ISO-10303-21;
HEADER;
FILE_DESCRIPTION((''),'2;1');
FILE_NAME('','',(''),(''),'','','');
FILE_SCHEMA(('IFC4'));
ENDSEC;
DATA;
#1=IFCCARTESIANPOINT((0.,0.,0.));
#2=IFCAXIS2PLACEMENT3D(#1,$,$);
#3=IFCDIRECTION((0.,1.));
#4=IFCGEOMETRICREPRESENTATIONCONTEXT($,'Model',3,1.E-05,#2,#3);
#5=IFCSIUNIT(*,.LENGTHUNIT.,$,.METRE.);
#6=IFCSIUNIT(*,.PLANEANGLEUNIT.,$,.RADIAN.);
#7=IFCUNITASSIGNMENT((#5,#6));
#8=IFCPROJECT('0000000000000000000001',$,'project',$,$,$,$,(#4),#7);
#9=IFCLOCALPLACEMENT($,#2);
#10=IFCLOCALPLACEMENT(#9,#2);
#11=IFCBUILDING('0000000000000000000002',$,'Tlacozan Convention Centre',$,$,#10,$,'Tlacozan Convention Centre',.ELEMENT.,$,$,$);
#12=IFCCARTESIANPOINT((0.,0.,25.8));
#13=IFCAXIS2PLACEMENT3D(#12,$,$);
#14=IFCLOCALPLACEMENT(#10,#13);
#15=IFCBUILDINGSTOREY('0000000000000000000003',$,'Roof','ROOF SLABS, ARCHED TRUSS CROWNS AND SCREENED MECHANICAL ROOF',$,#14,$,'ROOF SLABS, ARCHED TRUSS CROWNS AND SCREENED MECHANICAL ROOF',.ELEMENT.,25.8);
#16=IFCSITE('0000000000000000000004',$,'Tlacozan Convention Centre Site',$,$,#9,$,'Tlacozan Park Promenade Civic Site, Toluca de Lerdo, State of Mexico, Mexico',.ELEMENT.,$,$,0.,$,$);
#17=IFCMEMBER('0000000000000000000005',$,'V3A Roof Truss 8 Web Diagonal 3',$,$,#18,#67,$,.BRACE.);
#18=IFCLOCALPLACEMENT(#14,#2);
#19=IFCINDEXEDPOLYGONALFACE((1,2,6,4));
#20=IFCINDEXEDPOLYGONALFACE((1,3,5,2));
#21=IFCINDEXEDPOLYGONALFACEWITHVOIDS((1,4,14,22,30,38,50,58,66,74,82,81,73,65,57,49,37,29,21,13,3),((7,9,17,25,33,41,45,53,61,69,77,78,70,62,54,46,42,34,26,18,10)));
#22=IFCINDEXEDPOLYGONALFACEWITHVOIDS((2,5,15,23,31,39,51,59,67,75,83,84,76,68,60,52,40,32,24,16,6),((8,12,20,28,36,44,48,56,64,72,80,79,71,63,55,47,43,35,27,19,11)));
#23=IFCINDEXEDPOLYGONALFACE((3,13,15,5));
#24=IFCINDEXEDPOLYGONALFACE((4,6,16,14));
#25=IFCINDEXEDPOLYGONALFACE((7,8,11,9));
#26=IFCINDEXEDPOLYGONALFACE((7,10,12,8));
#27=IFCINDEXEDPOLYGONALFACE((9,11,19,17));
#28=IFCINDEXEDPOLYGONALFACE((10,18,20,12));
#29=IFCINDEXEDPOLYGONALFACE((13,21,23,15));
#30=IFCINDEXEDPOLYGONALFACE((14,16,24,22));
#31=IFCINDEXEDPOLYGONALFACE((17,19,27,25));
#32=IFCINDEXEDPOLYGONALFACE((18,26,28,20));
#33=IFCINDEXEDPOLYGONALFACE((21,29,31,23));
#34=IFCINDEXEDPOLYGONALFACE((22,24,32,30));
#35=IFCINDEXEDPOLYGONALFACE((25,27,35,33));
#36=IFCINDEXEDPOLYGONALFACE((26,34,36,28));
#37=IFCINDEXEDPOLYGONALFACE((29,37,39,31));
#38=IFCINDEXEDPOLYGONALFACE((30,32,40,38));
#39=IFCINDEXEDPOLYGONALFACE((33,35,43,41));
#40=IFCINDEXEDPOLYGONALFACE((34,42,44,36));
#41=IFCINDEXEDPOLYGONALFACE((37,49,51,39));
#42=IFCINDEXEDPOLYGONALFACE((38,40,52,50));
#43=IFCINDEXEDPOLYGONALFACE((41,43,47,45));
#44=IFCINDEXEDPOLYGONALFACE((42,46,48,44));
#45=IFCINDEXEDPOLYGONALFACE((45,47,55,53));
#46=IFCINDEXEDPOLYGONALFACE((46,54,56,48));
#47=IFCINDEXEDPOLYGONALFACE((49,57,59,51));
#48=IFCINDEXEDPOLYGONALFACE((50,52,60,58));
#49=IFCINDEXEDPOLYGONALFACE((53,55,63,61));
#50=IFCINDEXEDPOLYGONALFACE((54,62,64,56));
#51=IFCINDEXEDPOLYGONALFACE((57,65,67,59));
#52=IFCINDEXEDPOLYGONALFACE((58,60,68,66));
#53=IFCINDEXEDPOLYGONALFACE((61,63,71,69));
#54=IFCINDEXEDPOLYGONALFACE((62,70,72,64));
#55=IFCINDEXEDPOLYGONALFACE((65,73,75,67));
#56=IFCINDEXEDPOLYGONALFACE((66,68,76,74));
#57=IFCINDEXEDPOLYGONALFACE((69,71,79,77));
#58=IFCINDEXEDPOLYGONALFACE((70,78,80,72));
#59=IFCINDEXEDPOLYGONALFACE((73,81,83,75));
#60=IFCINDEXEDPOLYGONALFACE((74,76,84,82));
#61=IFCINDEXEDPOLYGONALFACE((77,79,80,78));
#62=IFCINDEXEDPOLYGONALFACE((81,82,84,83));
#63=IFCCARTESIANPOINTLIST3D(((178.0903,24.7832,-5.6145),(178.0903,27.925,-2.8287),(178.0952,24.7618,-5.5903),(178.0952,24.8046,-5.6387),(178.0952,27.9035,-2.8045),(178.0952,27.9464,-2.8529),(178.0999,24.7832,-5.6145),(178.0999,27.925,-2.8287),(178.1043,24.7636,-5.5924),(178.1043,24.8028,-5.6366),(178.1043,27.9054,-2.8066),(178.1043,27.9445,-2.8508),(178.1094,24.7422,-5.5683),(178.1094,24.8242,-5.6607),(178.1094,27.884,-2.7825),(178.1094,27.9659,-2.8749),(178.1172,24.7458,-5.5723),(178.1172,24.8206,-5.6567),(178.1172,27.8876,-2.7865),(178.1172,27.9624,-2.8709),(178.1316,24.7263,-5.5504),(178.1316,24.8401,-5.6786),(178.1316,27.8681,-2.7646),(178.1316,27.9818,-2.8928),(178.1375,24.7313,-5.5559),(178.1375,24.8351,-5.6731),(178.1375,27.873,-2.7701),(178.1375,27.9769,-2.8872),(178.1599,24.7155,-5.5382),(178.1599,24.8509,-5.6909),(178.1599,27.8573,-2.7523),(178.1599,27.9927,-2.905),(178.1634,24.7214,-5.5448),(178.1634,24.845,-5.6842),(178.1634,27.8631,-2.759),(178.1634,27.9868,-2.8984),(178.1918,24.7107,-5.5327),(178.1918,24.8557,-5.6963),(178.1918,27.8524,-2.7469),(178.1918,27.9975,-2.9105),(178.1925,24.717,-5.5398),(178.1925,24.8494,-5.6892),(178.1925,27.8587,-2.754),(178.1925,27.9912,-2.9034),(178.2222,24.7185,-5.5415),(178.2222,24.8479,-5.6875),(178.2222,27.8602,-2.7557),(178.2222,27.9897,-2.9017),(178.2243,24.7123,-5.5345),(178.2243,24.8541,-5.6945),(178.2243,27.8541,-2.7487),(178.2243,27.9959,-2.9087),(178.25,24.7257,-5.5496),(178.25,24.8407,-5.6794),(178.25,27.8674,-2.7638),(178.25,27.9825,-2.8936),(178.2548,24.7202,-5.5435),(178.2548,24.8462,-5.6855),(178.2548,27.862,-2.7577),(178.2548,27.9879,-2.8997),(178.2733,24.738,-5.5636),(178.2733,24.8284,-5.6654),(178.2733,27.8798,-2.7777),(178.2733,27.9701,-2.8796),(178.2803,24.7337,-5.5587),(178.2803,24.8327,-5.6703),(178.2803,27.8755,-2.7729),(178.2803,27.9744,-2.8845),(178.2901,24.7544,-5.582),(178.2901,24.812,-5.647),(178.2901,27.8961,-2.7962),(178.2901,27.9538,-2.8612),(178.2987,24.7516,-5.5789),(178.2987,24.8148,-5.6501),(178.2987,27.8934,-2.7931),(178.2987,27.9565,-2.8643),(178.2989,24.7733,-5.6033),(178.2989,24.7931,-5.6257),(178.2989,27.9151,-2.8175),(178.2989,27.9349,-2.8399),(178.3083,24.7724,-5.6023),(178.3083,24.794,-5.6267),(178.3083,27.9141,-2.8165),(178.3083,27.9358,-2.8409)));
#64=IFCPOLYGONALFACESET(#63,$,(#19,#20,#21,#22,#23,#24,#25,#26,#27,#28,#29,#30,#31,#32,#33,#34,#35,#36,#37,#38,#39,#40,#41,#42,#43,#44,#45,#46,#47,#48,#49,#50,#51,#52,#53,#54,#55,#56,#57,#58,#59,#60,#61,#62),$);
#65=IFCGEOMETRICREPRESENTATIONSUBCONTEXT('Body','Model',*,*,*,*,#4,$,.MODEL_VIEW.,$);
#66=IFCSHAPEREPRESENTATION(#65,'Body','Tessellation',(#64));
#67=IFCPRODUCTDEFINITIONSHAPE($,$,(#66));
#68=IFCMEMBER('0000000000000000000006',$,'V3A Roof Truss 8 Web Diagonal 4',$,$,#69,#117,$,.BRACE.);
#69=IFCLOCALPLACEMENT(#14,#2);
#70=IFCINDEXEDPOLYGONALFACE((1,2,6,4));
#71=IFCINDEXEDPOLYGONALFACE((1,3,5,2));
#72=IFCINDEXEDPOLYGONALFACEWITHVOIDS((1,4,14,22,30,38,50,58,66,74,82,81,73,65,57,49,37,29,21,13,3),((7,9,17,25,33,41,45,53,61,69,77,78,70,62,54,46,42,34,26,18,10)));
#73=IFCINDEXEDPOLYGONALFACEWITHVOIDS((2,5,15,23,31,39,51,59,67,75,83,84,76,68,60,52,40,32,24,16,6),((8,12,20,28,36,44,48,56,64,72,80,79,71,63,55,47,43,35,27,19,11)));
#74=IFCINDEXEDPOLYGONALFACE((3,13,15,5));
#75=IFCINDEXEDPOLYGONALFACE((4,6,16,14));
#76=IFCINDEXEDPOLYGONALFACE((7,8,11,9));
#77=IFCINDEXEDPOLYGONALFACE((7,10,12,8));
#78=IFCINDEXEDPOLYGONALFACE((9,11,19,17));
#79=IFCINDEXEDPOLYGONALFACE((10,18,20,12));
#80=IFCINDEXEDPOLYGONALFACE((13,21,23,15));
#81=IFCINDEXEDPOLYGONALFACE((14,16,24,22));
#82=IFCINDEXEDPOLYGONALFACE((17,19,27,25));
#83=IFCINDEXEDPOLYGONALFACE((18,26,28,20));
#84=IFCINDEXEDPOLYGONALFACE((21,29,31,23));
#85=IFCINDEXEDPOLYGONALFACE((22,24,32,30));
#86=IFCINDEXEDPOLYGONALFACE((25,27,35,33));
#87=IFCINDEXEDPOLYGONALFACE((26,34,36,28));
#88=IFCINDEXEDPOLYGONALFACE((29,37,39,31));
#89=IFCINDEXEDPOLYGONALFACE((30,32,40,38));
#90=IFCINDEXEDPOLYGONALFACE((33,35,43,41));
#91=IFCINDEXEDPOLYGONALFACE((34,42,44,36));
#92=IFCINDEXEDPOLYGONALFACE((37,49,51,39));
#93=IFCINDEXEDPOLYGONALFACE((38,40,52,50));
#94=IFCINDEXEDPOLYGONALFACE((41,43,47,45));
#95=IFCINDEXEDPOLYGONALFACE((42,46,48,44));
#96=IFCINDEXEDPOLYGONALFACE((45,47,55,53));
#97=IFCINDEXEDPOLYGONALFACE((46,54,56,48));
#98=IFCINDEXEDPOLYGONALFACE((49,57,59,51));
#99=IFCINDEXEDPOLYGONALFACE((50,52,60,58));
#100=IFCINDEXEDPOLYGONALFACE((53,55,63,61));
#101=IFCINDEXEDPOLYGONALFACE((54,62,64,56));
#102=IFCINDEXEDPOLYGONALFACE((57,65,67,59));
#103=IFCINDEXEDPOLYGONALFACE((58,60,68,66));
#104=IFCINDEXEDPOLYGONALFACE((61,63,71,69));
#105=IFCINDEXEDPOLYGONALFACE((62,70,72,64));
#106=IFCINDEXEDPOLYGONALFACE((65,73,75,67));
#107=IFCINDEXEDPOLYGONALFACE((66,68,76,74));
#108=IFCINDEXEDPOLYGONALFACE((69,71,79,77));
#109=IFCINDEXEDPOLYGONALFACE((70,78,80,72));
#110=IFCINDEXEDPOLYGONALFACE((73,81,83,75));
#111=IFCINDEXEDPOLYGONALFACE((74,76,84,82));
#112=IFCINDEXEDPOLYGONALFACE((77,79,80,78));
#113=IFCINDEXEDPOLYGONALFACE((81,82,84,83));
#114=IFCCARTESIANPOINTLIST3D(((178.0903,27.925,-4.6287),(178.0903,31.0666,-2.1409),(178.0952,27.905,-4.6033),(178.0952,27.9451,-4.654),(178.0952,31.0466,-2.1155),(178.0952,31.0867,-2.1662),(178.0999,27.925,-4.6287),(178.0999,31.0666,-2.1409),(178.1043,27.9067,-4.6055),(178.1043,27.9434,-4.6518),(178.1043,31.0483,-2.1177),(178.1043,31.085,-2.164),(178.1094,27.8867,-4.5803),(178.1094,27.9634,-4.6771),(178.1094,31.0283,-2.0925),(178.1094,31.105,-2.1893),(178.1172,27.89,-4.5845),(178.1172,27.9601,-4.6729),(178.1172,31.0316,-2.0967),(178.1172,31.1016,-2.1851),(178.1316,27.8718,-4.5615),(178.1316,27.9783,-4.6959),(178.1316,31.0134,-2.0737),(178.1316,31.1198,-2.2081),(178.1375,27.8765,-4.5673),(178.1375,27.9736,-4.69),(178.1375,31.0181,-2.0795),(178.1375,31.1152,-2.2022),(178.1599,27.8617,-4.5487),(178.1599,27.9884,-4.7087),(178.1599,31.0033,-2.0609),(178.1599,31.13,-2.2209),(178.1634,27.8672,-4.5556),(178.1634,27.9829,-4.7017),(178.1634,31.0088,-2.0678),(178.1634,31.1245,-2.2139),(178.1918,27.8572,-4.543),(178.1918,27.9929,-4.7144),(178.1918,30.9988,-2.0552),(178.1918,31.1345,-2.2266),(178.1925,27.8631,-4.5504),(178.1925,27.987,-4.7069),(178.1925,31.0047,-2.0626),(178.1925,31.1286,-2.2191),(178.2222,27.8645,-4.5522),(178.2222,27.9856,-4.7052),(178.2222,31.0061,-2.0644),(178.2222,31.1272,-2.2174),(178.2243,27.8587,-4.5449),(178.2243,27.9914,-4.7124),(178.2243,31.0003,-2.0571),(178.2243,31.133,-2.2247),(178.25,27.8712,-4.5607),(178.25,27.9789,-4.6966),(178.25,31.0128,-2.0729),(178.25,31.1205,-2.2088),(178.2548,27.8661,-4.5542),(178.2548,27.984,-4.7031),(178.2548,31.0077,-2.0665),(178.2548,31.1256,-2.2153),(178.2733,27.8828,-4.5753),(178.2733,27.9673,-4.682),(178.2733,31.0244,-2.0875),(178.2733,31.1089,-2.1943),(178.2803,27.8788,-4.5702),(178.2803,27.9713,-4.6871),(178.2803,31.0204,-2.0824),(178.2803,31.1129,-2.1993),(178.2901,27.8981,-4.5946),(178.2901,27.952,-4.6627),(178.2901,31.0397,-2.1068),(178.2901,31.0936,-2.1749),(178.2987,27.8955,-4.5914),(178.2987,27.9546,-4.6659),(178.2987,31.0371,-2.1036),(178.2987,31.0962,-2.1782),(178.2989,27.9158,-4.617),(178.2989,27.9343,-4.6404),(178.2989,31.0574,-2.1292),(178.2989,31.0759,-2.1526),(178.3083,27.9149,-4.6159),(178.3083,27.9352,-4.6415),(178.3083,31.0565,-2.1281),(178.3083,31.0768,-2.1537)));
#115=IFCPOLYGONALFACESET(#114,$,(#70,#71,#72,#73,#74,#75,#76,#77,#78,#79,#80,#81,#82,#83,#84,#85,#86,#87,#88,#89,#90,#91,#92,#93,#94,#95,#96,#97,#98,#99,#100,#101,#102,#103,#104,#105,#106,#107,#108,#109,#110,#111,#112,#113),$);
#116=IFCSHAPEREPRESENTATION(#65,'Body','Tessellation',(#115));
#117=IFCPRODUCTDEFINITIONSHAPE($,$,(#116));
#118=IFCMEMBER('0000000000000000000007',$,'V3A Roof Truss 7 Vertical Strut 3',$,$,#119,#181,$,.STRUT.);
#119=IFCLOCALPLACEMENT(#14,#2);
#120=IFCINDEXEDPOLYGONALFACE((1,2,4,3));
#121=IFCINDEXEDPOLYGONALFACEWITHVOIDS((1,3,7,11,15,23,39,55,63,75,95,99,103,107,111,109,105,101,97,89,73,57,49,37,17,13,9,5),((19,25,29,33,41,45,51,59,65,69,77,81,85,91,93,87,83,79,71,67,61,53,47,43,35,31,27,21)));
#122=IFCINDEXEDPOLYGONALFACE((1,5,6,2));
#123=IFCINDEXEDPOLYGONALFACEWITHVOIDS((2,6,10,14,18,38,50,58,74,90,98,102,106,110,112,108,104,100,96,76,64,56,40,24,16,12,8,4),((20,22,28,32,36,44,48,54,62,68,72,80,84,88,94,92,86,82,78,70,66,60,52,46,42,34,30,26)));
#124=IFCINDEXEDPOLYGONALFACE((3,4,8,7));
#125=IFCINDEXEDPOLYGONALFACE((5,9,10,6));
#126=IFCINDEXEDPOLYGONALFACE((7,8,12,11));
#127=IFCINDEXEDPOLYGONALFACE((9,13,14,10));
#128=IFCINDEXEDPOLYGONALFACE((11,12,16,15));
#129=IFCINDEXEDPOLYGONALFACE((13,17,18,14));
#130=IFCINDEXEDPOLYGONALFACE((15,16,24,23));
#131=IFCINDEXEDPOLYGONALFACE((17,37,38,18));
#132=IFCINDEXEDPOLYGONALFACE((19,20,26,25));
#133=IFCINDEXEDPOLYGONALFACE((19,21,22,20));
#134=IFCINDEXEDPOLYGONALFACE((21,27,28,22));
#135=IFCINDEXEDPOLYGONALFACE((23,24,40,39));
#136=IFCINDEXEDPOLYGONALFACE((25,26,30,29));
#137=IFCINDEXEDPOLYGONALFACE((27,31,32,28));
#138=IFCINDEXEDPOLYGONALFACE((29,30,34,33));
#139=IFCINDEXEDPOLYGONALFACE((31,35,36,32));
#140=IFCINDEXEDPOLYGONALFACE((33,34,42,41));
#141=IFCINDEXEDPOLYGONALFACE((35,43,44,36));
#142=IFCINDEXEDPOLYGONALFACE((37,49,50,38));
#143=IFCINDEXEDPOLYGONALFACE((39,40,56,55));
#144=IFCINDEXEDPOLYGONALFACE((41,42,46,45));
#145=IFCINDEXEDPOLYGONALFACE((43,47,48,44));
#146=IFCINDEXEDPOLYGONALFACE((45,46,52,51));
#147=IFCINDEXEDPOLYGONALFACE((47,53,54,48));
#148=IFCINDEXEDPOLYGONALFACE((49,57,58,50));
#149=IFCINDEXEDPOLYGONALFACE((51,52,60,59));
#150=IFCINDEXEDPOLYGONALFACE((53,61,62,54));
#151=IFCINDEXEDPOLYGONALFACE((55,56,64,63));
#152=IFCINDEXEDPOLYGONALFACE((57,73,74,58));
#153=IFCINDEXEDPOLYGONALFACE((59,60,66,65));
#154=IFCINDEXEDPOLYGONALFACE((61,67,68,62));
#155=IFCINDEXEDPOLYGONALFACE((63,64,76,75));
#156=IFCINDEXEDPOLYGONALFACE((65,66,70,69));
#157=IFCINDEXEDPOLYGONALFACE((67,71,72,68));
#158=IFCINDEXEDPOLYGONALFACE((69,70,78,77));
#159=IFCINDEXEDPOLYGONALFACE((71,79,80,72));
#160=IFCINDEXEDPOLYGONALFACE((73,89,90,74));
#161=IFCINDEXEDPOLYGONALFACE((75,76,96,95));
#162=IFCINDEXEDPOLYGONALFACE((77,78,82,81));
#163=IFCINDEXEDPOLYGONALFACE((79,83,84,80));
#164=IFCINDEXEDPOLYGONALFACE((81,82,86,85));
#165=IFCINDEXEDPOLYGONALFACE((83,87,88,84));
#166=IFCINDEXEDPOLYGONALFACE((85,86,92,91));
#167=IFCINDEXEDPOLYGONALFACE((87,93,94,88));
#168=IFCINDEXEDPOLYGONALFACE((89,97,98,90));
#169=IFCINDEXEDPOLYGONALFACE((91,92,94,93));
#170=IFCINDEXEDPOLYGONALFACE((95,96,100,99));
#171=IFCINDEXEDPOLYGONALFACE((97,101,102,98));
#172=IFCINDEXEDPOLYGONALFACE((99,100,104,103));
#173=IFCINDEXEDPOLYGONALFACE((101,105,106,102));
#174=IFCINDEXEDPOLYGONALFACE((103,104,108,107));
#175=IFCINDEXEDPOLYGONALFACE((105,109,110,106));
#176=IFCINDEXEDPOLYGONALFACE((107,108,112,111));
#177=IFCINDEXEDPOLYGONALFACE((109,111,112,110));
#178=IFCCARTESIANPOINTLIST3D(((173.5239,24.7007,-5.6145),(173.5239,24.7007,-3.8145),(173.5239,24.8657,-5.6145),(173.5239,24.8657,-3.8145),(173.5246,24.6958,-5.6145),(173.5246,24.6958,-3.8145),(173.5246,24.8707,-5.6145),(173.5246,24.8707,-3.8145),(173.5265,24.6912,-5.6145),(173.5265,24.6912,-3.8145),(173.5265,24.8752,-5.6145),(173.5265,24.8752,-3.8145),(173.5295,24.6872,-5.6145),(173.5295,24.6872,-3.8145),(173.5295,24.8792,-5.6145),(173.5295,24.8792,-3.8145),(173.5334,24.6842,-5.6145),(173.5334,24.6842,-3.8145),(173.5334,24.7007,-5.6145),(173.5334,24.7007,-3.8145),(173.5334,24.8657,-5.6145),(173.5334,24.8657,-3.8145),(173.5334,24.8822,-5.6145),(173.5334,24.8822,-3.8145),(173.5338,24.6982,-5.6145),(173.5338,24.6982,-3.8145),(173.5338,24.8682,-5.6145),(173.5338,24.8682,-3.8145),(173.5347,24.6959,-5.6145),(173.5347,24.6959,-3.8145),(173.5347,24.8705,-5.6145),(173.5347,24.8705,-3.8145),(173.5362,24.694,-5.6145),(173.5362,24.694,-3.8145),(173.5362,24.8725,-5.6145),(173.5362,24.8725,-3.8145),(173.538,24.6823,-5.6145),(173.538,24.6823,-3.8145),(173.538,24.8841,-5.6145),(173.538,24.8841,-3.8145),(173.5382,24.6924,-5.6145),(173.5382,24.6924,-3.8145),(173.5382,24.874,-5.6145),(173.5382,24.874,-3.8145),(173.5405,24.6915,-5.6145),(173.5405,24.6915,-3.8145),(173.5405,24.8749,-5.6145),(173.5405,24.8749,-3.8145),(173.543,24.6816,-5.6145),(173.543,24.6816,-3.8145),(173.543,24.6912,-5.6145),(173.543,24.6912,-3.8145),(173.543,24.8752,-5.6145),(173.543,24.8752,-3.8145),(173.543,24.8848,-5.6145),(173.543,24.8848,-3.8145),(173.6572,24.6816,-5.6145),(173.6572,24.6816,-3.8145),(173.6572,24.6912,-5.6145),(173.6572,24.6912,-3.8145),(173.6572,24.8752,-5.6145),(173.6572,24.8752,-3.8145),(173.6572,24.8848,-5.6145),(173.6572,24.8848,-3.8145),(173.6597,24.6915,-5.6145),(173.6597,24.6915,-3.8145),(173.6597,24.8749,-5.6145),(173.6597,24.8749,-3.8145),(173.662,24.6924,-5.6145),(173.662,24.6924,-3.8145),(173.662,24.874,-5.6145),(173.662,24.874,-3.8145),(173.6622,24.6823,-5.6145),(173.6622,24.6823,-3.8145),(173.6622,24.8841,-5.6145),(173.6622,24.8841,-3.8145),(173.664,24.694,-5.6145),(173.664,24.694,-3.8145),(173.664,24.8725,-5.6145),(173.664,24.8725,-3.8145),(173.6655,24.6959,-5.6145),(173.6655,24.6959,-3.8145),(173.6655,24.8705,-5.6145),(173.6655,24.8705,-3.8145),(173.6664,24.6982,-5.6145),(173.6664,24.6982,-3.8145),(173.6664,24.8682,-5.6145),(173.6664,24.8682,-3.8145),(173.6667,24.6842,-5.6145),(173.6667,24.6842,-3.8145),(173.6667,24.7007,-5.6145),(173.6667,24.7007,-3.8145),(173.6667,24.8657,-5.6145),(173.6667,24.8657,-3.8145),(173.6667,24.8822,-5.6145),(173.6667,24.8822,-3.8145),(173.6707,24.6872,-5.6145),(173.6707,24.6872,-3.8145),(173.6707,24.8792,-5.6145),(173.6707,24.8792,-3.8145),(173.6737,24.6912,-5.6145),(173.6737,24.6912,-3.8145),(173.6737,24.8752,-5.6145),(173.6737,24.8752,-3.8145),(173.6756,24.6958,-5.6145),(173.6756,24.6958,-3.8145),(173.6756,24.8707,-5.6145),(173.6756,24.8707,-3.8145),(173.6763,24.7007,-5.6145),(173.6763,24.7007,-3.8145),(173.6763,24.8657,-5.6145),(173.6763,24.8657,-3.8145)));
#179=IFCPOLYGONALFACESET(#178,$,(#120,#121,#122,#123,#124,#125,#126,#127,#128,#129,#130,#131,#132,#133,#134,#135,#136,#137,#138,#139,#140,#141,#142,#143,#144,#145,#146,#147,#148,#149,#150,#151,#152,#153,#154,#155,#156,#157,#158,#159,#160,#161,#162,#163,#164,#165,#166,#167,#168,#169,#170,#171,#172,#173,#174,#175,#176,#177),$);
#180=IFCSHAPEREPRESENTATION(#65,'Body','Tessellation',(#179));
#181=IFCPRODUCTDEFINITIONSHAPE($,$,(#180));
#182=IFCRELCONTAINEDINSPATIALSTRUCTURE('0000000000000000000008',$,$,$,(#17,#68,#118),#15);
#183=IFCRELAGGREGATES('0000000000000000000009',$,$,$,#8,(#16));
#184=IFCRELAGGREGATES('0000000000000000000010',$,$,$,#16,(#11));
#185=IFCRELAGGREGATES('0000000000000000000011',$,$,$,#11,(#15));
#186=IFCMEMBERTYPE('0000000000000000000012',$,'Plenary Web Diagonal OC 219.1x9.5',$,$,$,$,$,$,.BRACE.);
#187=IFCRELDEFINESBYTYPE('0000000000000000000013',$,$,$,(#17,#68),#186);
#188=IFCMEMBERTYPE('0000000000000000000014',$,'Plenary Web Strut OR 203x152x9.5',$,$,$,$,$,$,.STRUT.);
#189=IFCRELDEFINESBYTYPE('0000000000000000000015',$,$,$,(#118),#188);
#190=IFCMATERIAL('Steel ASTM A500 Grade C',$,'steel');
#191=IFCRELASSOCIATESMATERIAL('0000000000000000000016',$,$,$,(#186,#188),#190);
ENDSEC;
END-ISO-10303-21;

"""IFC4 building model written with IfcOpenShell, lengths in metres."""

from ifc_helpers import new_model, si_unit, direction, frame, origin, origin_2d, place, context, subcontext, project, spatial, hollow_rectangle, hollow_circle, extrude, material, material_profile, profile_set, type_object, element, save


model = new_model("IFC4")

# Units and contexts
model_context = context("Model", 3, precision=1e-05, world=origin(), true_north=direction((0.0, 1.0)))
body_context = subcontext(model_context, "Body", "Model", "MODEL_VIEW")
ifc_project = project(units=[si_unit("LENGTHUNIT", "METRE"), si_unit("PLANEANGLEUNIT", "RADIAN")], contexts=[model_context])

# Site, building, storey
site_placement = place(None, origin())
site = spatial("IfcSite", under=ifc_project, at=site_placement, Name="Tlacozan Convention Centre Site", LongName="Tlacozan Park Promenade Civic Site, Toluca de Lerdo, State of Mexico, Mexico", CompositionType="ELEMENT", RefElevation=0.0)
building_placement = place(site_placement, origin())
building = spatial("IfcBuilding", under=site, at=building_placement, Name="Tlacozan Convention Centre", LongName="Tlacozan Convention Centre", CompositionType="ELEMENT")
storey_placement = place(building_placement, frame((0.0, 0.0, 25.8)))
storey = spatial("IfcBuildingStorey", under=building, at=storey_placement, Name="Roof", Description="ROOF SLABS, ARCHED TRUSS CROWNS AND SCREENED MECHANICAL ROOF", LongName="ROOF SLABS, ARCHED TRUSS CROWNS AND SCREENED MECHANICAL ROOF", CompositionType="ELEMENT", Elevation=25.8)

# Members
ifc_material_1 = material(Name="Steel ASTM A500 Grade C", Category="steel")
ifc_material_profile_1 = material_profile(ifc_material_1, hollow_circle(Radius=0.1096, WallThickness=0.0095, at=origin_2d()), Name="OC 219.1x9.5")
ifc_profile_set_1 = profile_set([ifc_material_profile_1], Name="Steel ASTM A500 Grade C")
member_type_1 = type_object("IfcMemberType", Name="Plenary Web Diagonal OC 219.1x9.5", PredefinedType="BRACE", material=ifc_profile_set_1)
member_1_placement = place(storey_placement, frame((178.2, 24.7832, -5.6145), z_axis=(0.0, 0.74822, 0.66345), x_axis=(-1.0, 0.0, 0.0)))
element("IfcMember", 1, at=member_1_placement, inside=storey, type_object=member_type_1, Name="V3A Roof Truss 8 Web Diagonal 3", PredefinedType="BRACE", context=body_context, shape_type="SweptSolid", body=[
    extrude(hollow_circle(Radius=0.1096, WallThickness=0.0095, at=origin_2d()), origin(), (0.0, 0.0, 1.0), 4.199),
])
member_2_placement = place(storey_placement, frame((178.2, 27.925, -4.6287), z_axis=(0.0, 0.783962, 0.620809), x_axis=(-1.0, 0.0, 0.0)))
element("IfcMember", 2, at=member_2_placement, inside=storey, type_object=member_type_1, Name="V3A Roof Truss 8 Web Diagonal 4", PredefinedType="BRACE", context=body_context, shape_type="SweptSolid", body=[
    extrude(hollow_circle(Radius=0.1096, WallThickness=0.0095, at=origin_2d()), origin(), (0.0, 0.0, 1.0), 4.0073),
])
ifc_material_profile_2 = material_profile(ifc_material_1, hollow_rectangle(XDim=0.1523, YDim=0.2031, WallThickness=0.0095, InnerFilletRadius=0.0095, OuterFilletRadius=0.019, at=origin_2d()), Name="OR 203x152x9.5")
ifc_profile_set_2 = profile_set([ifc_material_profile_2], Name="Steel ASTM A500 Grade C")
member_type_2 = type_object("IfcMemberType", Name="Plenary Web Strut OR 203x152x9.5", PredefinedType="STRUT", material=ifc_profile_set_2)
for number, where, z_axis, x_axis, name in (
    (3, (173.6001, 24.7832, -5.6145), (0.0, 0.0, 1.0), (1.0, 0.0, 0.0), "V3A Roof Truss 7 Vertical Strut 3"),
):
    element("IfcMember", number, at=place(storey_placement, frame(where, z_axis=z_axis, x_axis=x_axis)), inside=storey, type_object=member_type_2, Name=name, PredefinedType="STRUT", context=body_context, shape_type="SweptSolid", body=[
        extrude(hollow_rectangle(XDim=0.1523, YDim=0.2031, WallThickness=0.0095, InnerFilletRadius=0.0095, OuterFilletRadius=0.019, at=origin_2d()), origin(), (0.0, 0.0, 1.0), 1.8),
    ])

save(model, "model.ifc")
